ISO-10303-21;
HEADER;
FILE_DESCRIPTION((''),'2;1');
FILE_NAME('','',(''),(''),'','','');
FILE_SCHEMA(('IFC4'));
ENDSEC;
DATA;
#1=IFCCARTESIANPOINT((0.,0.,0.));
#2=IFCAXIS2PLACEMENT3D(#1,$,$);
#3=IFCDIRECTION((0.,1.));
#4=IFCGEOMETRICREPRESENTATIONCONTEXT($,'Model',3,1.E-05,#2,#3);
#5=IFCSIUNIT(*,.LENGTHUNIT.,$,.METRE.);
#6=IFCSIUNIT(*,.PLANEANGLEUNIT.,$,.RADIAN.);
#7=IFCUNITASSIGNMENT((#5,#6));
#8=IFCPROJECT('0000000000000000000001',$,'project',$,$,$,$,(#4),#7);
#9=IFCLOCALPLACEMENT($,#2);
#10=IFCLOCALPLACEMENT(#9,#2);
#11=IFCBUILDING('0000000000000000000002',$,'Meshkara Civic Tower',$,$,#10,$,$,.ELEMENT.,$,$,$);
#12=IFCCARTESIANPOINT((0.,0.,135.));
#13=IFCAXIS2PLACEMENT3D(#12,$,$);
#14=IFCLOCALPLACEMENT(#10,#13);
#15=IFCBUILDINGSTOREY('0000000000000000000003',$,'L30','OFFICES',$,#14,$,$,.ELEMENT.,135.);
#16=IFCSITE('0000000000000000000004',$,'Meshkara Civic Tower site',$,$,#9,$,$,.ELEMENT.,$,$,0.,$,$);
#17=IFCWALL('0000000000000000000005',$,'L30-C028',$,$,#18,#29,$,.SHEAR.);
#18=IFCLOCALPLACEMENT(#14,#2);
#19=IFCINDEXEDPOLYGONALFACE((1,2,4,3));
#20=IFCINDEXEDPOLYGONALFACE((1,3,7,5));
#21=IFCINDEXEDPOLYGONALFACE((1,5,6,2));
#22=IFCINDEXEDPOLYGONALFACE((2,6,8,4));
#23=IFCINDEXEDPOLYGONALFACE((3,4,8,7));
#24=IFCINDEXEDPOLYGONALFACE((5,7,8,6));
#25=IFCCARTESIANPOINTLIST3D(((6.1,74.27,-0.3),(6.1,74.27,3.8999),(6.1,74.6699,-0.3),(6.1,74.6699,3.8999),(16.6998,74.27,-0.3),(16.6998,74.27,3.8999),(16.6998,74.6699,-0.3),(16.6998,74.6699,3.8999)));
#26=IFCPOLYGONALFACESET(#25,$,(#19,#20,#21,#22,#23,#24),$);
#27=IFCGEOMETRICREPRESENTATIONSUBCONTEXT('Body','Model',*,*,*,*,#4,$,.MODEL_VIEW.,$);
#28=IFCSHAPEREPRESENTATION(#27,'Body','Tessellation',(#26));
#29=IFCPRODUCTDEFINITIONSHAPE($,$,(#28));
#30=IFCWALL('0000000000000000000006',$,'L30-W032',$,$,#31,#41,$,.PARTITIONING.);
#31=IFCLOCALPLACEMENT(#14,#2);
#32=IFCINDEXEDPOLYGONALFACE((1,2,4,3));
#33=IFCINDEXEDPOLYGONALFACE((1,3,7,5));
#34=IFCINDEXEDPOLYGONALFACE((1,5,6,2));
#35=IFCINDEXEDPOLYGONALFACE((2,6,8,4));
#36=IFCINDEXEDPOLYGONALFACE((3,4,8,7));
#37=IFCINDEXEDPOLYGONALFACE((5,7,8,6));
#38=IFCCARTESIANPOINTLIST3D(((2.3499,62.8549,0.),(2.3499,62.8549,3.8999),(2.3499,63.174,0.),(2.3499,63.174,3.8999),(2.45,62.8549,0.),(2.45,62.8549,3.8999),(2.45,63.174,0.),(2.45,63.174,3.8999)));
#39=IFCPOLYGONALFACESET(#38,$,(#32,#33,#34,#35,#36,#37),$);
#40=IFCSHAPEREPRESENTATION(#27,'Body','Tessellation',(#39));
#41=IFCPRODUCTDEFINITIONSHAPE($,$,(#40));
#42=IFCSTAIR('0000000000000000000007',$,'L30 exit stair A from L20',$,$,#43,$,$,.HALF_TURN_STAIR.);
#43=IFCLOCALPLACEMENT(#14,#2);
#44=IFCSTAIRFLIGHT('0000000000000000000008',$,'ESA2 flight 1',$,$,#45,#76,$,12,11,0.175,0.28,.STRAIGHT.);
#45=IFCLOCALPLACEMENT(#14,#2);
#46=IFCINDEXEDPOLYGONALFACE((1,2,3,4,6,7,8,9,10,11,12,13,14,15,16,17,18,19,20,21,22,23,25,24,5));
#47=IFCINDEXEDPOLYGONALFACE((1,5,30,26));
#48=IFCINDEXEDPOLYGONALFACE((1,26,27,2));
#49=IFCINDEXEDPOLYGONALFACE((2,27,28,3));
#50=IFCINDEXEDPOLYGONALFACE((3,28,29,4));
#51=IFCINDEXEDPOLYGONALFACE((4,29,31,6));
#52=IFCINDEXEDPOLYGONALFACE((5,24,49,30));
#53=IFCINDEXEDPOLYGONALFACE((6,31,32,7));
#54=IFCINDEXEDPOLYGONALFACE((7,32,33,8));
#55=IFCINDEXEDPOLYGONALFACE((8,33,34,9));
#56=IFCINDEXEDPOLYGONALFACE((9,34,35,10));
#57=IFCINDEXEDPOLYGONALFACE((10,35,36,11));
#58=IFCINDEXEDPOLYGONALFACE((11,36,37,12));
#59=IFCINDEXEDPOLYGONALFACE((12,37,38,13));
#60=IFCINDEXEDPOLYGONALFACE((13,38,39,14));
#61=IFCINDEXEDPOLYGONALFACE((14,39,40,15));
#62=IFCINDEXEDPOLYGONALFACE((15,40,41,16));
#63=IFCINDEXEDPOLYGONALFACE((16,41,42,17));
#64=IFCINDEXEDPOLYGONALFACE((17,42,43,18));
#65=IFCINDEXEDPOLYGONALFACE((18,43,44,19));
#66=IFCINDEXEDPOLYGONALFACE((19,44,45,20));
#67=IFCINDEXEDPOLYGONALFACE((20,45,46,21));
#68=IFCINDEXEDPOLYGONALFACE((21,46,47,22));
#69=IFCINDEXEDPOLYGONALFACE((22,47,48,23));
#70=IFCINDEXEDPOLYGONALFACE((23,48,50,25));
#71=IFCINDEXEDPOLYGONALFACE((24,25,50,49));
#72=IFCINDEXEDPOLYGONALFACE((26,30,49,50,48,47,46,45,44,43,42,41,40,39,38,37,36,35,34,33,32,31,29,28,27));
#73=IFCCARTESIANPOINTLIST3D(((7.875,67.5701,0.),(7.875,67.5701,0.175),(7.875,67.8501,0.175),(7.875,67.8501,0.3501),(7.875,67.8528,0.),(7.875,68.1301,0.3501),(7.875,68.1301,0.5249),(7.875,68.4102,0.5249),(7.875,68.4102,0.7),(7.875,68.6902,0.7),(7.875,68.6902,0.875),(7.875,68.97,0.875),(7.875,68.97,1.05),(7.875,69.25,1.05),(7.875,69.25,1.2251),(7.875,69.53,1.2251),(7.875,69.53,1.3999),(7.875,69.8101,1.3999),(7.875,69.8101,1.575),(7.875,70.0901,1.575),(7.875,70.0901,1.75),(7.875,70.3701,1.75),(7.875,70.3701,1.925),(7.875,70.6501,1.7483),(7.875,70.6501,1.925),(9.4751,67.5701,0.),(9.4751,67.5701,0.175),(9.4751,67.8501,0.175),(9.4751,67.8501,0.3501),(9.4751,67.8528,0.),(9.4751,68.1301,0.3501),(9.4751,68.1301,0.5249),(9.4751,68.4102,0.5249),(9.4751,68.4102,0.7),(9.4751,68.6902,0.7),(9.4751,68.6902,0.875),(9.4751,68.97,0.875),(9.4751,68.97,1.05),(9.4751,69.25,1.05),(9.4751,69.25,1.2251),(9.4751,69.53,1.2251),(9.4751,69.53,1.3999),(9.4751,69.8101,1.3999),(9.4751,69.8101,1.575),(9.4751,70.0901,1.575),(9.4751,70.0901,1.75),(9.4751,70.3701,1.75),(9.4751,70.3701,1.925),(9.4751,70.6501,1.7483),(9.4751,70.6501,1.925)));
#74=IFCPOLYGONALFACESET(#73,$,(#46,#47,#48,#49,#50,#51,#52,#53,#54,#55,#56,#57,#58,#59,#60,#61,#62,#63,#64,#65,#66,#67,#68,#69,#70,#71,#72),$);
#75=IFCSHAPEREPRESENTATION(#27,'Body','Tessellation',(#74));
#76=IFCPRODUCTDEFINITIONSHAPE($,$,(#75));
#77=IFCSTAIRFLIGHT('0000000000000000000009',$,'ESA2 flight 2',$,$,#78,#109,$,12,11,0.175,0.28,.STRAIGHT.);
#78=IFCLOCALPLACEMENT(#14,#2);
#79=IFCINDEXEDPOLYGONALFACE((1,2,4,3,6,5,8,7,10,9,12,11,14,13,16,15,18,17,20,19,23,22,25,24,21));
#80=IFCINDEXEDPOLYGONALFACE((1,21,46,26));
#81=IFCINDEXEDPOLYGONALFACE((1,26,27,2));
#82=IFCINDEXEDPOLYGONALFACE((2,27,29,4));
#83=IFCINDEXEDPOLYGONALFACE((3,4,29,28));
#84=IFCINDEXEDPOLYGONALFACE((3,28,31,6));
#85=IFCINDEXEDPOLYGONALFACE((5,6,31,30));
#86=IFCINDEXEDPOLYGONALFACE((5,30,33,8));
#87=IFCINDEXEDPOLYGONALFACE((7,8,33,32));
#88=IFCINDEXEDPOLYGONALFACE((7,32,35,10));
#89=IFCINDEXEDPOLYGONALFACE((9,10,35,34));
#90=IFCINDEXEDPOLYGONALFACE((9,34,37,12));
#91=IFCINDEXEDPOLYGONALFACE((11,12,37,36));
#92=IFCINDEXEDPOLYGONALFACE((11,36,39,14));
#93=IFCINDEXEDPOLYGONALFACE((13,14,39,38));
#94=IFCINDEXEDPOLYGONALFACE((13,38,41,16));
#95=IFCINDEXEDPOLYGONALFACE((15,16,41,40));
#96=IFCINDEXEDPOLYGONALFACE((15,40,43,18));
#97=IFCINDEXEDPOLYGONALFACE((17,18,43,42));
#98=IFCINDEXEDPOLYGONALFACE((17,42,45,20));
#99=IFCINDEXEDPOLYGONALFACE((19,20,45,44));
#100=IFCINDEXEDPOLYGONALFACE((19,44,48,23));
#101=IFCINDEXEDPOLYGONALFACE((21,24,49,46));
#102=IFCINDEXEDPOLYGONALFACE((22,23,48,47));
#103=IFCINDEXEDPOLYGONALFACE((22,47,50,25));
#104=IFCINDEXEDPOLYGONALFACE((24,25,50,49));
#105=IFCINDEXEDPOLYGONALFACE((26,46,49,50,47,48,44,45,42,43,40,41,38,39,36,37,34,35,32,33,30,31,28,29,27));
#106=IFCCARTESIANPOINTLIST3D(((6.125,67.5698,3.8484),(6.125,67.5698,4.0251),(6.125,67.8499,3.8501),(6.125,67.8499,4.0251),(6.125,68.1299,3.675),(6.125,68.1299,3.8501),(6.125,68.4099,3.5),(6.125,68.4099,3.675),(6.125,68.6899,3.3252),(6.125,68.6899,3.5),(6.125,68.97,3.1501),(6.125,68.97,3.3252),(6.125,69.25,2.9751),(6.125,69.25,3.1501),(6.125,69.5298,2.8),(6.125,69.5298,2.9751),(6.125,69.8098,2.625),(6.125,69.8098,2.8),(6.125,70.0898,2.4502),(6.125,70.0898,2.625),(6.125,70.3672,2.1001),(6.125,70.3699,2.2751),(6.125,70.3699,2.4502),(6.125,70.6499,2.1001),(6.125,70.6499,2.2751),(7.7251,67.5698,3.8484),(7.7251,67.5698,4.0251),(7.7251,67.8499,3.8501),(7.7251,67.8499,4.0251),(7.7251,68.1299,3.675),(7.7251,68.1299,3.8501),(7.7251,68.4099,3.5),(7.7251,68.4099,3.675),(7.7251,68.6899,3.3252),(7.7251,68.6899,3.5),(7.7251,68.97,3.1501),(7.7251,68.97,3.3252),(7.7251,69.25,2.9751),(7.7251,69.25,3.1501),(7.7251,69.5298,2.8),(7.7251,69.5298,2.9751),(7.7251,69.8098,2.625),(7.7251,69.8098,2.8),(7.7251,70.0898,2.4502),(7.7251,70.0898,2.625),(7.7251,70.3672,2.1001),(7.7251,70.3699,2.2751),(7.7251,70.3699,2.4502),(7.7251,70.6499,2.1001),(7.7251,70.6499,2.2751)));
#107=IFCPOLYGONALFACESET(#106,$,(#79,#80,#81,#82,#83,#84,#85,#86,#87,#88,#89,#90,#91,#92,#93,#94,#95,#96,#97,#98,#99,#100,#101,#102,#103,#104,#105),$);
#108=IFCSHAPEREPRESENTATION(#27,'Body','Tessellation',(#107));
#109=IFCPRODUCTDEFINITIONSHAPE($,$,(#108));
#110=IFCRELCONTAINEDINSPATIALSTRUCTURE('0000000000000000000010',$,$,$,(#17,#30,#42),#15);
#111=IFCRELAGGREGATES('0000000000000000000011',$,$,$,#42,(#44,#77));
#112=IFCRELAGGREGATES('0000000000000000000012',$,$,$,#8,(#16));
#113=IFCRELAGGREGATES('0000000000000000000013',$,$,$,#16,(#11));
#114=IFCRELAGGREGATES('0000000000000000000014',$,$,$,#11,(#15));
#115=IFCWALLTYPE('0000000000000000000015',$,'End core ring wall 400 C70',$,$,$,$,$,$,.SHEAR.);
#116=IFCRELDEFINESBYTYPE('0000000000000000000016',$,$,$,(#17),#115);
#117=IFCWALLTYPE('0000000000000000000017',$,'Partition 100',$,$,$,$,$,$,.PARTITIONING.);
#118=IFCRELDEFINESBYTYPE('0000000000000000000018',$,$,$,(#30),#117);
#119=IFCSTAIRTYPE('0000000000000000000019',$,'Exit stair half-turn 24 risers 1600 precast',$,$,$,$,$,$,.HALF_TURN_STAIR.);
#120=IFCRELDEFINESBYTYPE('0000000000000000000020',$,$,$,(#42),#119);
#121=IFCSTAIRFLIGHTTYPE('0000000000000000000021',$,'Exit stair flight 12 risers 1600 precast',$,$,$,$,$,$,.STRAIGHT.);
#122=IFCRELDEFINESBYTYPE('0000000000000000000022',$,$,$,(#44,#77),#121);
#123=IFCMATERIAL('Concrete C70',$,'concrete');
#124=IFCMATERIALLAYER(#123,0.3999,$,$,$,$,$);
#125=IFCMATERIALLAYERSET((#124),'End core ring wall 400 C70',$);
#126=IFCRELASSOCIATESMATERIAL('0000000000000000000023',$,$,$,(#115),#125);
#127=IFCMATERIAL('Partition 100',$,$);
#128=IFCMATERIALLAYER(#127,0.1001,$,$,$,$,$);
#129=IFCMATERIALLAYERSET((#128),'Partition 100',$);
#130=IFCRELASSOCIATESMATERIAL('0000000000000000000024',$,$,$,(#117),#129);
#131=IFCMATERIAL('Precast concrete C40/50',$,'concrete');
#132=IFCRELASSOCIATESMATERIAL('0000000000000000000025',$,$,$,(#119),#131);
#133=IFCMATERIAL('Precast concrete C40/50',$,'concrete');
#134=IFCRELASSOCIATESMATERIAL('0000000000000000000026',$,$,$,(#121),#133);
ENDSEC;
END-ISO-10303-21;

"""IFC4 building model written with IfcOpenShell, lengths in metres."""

from ifc_helpers import new_model, si_unit, direction, frame, frame_2d, origin, place, context, subcontext, project, spatial, polyline, rectangle, outline, extrude, material, layer, layer_set, type_object, element, aggregate, save


model = new_model("IFC4")

# Units and contexts
model_context = context("Model", 3, precision=1e-05, world=origin(), true_north=direction((0.0, 1.0)))
body_context = subcontext(model_context, "Body", "Model", "MODEL_VIEW")
ifc_project = project(units=[si_unit("LENGTHUNIT", "METRE"), si_unit("PLANEANGLEUNIT", "RADIAN")], contexts=[model_context])

# Site, building, storey
site_placement = place(None, origin())
site = spatial("IfcSite", under=ifc_project, at=site_placement, Name="Meshkara Civic Tower site", CompositionType="ELEMENT", RefElevation=0.0)
building_placement = place(site_placement, origin())
building = spatial("IfcBuilding", under=site, at=building_placement, Name="Meshkara Civic Tower", CompositionType="ELEMENT")
storey_placement = place(building_placement, frame((0.0, 0.0, 135.0)))
storey = spatial("IfcBuildingStorey", under=building, at=storey_placement, Name="L30", Description="OFFICES", CompositionType="ELEMENT", Elevation=135.0)

# Shared definitions
ifc_material_1 = material(Name="Concrete C70", Category="concrete")
ifc_layer_1 = layer(ifc_material_1, 0.3999)
ifc_layer_set_1 = layer_set([ifc_layer_1], Name="End core ring wall 400 C70")
wall_type_1 = type_object("IfcWallType", Name="End core ring wall 400 C70", PredefinedType="SHEAR", material=ifc_layer_set_1)

# Walls
wall_1_placement = place(storey_placement, frame((6.1001, 74.47, -0.3), z_axis=(0.0, 0.0, 1.0), x_axis=(1.0, 0.0, 0.0)))
element("IfcWall", 1, at=wall_1_placement, inside=storey, type_object=wall_type_1, Name="L30-C028", PredefinedType="SHEAR", context=body_context, shape_type="SweptSolid", body=[
    extrude(rectangle(XDim=10.5999, YDim=0.3999, at=frame_2d((5.2998, 0.0))), origin(), (0.0, 0.0, 1.0), 4.2),
])
ifc_material_2 = material(Name="Partition 100")
ifc_layer_2 = layer(ifc_material_2, 0.1001)
ifc_layer_set_2 = layer_set([ifc_layer_2], Name="Partition 100")
wall_type_2 = type_object("IfcWallType", Name="Partition 100", PredefinedType="PARTITIONING", material=ifc_layer_set_2)
wall_2_placement = place(storey_placement, frame((2.3999, 63.1741, 0.0), z_axis=(0.0, 0.0, 1.0), x_axis=(0.0, -1.0, 0.0)))
element("IfcWall", 2, at=wall_2_placement, inside=storey, type_object=wall_type_2, Name="L30-W032", PredefinedType="PARTITIONING", context=body_context, shape_type="SweptSolid", body=[
    extrude(rectangle(XDim=0.3191, YDim=0.1001, at=frame_2d((0.1597, 0.0))), origin(), (0.0, 0.0, 1.0), 3.8999),
])

# Stair, stair flights
ifc_material_3 = material(Name="Precast concrete C40/50", Category="concrete")
stair_type = type_object("IfcStairType", Name="Exit stair half-turn 24 risers 1600 precast", PredefinedType="HALF_TURN_STAIR", material=ifc_material_3)
stair_placement = place(storey_placement, origin())
stair = element("IfcStair", 3, at=stair_placement, inside=storey, type_object=stair_type, Name="L30 exit stair A from L20", PredefinedType="HALF_TURN_STAIR")
ifc_material_4 = material(Name="Precast concrete C40/50", Category="concrete")
stair_flight_type = type_object("IfcStairFlightType", Name="Exit stair flight 12 risers 1600 precast", PredefinedType="STRAIGHT", material=ifc_material_4)
stair_flight_1_placement = place(storey_placement, frame((8.675, 67.5701, 0.0), z_axis=(0.0, 0.0, 1.0), x_axis=(0.0, 1.0, 0.0)))
stair_flight_1 = element("IfcStairFlight", 4, at=stair_flight_1_placement, type_object=stair_flight_type, Name="ESA2 flight 1", NumberOfRisers=12, NumberOfTreads=11, PredefinedType="STRAIGHT", RiserHeight=0.175, TreadLength=0.28, context=body_context, shape_type="SweptSolid", body=[
    extrude(outline(polyline([(0.0, 0.0), (0.0, 0.175), (0.28, 0.175), (0.28, 0.3501), (0.5601, 0.3501), (0.5601, 0.5249), (0.8401, 0.5249), (0.8401, 0.7), (1.1201, 0.7), (1.1201, 0.875), (1.3999, 0.875), (1.3999, 1.05), (1.6799, 1.05), (1.6799, 1.2251), (1.96, 1.2251), (1.96, 1.3999), (2.24, 1.3999), (2.24, 1.575), (2.52, 1.575), (2.52, 1.75), (2.8, 1.75), (2.8, 1.925), (3.0801, 1.925), (3.0801, 2.1001), (3.0801, 1.7483), (0.2827, 0.0), (0.0, 0.0)])), frame((0.0, 0.8, 0.0), z_axis=(0.0, -1.0, 0.0), x_axis=(1.0, 0.0, 0.0)), (0.0, 0.0, 1.0), 1.6001),
])
stair_flight_2_placement = place(storey_placement, frame((6.925, 70.6499, 2.1001), z_axis=(0.0, 0.0, 1.0), x_axis=(0.0, -1.0, 0.0)))
stair_flight_2 = element("IfcStairFlight", 5, at=stair_flight_2_placement, type_object=stair_flight_type, Name="ESA2 flight 2", NumberOfRisers=12, NumberOfTreads=11, PredefinedType="STRAIGHT", RiserHeight=0.175, TreadLength=0.28, context=body_context, shape_type="SweptSolid", body=[
    extrude(outline(polyline([(0.0, 0.0), (0.0, 0.175), (0.28, 0.175), (0.28, 0.3501), (0.5601, 0.3501), (0.5601, 0.5249), (0.8401, 0.5249), (0.8401, 0.7), (1.1201, 0.7), (1.1201, 0.875), (1.3999, 0.875), (1.3999, 1.05), (1.6799, 1.05), (1.6799, 1.2251), (1.96, 1.2251), (1.96, 1.3999), (2.24, 1.3999), (2.24, 1.575), (2.52, 1.575), (2.52, 1.75), (2.8, 1.75), (2.8, 1.925), (3.0801, 1.925), (3.0801, 2.1001), (3.0801, 1.7483), (0.2827, 0.0), (0.0, 0.0)])), frame((0.0, 0.8, 0.0), z_axis=(0.0, -1.0, 0.0), x_axis=(1.0, 0.0, 0.0)), (0.0, 0.0, 1.0), 1.6001),
])
aggregate(stair, [stair_flight_1, stair_flight_2])

save(model, "model.ifc")
